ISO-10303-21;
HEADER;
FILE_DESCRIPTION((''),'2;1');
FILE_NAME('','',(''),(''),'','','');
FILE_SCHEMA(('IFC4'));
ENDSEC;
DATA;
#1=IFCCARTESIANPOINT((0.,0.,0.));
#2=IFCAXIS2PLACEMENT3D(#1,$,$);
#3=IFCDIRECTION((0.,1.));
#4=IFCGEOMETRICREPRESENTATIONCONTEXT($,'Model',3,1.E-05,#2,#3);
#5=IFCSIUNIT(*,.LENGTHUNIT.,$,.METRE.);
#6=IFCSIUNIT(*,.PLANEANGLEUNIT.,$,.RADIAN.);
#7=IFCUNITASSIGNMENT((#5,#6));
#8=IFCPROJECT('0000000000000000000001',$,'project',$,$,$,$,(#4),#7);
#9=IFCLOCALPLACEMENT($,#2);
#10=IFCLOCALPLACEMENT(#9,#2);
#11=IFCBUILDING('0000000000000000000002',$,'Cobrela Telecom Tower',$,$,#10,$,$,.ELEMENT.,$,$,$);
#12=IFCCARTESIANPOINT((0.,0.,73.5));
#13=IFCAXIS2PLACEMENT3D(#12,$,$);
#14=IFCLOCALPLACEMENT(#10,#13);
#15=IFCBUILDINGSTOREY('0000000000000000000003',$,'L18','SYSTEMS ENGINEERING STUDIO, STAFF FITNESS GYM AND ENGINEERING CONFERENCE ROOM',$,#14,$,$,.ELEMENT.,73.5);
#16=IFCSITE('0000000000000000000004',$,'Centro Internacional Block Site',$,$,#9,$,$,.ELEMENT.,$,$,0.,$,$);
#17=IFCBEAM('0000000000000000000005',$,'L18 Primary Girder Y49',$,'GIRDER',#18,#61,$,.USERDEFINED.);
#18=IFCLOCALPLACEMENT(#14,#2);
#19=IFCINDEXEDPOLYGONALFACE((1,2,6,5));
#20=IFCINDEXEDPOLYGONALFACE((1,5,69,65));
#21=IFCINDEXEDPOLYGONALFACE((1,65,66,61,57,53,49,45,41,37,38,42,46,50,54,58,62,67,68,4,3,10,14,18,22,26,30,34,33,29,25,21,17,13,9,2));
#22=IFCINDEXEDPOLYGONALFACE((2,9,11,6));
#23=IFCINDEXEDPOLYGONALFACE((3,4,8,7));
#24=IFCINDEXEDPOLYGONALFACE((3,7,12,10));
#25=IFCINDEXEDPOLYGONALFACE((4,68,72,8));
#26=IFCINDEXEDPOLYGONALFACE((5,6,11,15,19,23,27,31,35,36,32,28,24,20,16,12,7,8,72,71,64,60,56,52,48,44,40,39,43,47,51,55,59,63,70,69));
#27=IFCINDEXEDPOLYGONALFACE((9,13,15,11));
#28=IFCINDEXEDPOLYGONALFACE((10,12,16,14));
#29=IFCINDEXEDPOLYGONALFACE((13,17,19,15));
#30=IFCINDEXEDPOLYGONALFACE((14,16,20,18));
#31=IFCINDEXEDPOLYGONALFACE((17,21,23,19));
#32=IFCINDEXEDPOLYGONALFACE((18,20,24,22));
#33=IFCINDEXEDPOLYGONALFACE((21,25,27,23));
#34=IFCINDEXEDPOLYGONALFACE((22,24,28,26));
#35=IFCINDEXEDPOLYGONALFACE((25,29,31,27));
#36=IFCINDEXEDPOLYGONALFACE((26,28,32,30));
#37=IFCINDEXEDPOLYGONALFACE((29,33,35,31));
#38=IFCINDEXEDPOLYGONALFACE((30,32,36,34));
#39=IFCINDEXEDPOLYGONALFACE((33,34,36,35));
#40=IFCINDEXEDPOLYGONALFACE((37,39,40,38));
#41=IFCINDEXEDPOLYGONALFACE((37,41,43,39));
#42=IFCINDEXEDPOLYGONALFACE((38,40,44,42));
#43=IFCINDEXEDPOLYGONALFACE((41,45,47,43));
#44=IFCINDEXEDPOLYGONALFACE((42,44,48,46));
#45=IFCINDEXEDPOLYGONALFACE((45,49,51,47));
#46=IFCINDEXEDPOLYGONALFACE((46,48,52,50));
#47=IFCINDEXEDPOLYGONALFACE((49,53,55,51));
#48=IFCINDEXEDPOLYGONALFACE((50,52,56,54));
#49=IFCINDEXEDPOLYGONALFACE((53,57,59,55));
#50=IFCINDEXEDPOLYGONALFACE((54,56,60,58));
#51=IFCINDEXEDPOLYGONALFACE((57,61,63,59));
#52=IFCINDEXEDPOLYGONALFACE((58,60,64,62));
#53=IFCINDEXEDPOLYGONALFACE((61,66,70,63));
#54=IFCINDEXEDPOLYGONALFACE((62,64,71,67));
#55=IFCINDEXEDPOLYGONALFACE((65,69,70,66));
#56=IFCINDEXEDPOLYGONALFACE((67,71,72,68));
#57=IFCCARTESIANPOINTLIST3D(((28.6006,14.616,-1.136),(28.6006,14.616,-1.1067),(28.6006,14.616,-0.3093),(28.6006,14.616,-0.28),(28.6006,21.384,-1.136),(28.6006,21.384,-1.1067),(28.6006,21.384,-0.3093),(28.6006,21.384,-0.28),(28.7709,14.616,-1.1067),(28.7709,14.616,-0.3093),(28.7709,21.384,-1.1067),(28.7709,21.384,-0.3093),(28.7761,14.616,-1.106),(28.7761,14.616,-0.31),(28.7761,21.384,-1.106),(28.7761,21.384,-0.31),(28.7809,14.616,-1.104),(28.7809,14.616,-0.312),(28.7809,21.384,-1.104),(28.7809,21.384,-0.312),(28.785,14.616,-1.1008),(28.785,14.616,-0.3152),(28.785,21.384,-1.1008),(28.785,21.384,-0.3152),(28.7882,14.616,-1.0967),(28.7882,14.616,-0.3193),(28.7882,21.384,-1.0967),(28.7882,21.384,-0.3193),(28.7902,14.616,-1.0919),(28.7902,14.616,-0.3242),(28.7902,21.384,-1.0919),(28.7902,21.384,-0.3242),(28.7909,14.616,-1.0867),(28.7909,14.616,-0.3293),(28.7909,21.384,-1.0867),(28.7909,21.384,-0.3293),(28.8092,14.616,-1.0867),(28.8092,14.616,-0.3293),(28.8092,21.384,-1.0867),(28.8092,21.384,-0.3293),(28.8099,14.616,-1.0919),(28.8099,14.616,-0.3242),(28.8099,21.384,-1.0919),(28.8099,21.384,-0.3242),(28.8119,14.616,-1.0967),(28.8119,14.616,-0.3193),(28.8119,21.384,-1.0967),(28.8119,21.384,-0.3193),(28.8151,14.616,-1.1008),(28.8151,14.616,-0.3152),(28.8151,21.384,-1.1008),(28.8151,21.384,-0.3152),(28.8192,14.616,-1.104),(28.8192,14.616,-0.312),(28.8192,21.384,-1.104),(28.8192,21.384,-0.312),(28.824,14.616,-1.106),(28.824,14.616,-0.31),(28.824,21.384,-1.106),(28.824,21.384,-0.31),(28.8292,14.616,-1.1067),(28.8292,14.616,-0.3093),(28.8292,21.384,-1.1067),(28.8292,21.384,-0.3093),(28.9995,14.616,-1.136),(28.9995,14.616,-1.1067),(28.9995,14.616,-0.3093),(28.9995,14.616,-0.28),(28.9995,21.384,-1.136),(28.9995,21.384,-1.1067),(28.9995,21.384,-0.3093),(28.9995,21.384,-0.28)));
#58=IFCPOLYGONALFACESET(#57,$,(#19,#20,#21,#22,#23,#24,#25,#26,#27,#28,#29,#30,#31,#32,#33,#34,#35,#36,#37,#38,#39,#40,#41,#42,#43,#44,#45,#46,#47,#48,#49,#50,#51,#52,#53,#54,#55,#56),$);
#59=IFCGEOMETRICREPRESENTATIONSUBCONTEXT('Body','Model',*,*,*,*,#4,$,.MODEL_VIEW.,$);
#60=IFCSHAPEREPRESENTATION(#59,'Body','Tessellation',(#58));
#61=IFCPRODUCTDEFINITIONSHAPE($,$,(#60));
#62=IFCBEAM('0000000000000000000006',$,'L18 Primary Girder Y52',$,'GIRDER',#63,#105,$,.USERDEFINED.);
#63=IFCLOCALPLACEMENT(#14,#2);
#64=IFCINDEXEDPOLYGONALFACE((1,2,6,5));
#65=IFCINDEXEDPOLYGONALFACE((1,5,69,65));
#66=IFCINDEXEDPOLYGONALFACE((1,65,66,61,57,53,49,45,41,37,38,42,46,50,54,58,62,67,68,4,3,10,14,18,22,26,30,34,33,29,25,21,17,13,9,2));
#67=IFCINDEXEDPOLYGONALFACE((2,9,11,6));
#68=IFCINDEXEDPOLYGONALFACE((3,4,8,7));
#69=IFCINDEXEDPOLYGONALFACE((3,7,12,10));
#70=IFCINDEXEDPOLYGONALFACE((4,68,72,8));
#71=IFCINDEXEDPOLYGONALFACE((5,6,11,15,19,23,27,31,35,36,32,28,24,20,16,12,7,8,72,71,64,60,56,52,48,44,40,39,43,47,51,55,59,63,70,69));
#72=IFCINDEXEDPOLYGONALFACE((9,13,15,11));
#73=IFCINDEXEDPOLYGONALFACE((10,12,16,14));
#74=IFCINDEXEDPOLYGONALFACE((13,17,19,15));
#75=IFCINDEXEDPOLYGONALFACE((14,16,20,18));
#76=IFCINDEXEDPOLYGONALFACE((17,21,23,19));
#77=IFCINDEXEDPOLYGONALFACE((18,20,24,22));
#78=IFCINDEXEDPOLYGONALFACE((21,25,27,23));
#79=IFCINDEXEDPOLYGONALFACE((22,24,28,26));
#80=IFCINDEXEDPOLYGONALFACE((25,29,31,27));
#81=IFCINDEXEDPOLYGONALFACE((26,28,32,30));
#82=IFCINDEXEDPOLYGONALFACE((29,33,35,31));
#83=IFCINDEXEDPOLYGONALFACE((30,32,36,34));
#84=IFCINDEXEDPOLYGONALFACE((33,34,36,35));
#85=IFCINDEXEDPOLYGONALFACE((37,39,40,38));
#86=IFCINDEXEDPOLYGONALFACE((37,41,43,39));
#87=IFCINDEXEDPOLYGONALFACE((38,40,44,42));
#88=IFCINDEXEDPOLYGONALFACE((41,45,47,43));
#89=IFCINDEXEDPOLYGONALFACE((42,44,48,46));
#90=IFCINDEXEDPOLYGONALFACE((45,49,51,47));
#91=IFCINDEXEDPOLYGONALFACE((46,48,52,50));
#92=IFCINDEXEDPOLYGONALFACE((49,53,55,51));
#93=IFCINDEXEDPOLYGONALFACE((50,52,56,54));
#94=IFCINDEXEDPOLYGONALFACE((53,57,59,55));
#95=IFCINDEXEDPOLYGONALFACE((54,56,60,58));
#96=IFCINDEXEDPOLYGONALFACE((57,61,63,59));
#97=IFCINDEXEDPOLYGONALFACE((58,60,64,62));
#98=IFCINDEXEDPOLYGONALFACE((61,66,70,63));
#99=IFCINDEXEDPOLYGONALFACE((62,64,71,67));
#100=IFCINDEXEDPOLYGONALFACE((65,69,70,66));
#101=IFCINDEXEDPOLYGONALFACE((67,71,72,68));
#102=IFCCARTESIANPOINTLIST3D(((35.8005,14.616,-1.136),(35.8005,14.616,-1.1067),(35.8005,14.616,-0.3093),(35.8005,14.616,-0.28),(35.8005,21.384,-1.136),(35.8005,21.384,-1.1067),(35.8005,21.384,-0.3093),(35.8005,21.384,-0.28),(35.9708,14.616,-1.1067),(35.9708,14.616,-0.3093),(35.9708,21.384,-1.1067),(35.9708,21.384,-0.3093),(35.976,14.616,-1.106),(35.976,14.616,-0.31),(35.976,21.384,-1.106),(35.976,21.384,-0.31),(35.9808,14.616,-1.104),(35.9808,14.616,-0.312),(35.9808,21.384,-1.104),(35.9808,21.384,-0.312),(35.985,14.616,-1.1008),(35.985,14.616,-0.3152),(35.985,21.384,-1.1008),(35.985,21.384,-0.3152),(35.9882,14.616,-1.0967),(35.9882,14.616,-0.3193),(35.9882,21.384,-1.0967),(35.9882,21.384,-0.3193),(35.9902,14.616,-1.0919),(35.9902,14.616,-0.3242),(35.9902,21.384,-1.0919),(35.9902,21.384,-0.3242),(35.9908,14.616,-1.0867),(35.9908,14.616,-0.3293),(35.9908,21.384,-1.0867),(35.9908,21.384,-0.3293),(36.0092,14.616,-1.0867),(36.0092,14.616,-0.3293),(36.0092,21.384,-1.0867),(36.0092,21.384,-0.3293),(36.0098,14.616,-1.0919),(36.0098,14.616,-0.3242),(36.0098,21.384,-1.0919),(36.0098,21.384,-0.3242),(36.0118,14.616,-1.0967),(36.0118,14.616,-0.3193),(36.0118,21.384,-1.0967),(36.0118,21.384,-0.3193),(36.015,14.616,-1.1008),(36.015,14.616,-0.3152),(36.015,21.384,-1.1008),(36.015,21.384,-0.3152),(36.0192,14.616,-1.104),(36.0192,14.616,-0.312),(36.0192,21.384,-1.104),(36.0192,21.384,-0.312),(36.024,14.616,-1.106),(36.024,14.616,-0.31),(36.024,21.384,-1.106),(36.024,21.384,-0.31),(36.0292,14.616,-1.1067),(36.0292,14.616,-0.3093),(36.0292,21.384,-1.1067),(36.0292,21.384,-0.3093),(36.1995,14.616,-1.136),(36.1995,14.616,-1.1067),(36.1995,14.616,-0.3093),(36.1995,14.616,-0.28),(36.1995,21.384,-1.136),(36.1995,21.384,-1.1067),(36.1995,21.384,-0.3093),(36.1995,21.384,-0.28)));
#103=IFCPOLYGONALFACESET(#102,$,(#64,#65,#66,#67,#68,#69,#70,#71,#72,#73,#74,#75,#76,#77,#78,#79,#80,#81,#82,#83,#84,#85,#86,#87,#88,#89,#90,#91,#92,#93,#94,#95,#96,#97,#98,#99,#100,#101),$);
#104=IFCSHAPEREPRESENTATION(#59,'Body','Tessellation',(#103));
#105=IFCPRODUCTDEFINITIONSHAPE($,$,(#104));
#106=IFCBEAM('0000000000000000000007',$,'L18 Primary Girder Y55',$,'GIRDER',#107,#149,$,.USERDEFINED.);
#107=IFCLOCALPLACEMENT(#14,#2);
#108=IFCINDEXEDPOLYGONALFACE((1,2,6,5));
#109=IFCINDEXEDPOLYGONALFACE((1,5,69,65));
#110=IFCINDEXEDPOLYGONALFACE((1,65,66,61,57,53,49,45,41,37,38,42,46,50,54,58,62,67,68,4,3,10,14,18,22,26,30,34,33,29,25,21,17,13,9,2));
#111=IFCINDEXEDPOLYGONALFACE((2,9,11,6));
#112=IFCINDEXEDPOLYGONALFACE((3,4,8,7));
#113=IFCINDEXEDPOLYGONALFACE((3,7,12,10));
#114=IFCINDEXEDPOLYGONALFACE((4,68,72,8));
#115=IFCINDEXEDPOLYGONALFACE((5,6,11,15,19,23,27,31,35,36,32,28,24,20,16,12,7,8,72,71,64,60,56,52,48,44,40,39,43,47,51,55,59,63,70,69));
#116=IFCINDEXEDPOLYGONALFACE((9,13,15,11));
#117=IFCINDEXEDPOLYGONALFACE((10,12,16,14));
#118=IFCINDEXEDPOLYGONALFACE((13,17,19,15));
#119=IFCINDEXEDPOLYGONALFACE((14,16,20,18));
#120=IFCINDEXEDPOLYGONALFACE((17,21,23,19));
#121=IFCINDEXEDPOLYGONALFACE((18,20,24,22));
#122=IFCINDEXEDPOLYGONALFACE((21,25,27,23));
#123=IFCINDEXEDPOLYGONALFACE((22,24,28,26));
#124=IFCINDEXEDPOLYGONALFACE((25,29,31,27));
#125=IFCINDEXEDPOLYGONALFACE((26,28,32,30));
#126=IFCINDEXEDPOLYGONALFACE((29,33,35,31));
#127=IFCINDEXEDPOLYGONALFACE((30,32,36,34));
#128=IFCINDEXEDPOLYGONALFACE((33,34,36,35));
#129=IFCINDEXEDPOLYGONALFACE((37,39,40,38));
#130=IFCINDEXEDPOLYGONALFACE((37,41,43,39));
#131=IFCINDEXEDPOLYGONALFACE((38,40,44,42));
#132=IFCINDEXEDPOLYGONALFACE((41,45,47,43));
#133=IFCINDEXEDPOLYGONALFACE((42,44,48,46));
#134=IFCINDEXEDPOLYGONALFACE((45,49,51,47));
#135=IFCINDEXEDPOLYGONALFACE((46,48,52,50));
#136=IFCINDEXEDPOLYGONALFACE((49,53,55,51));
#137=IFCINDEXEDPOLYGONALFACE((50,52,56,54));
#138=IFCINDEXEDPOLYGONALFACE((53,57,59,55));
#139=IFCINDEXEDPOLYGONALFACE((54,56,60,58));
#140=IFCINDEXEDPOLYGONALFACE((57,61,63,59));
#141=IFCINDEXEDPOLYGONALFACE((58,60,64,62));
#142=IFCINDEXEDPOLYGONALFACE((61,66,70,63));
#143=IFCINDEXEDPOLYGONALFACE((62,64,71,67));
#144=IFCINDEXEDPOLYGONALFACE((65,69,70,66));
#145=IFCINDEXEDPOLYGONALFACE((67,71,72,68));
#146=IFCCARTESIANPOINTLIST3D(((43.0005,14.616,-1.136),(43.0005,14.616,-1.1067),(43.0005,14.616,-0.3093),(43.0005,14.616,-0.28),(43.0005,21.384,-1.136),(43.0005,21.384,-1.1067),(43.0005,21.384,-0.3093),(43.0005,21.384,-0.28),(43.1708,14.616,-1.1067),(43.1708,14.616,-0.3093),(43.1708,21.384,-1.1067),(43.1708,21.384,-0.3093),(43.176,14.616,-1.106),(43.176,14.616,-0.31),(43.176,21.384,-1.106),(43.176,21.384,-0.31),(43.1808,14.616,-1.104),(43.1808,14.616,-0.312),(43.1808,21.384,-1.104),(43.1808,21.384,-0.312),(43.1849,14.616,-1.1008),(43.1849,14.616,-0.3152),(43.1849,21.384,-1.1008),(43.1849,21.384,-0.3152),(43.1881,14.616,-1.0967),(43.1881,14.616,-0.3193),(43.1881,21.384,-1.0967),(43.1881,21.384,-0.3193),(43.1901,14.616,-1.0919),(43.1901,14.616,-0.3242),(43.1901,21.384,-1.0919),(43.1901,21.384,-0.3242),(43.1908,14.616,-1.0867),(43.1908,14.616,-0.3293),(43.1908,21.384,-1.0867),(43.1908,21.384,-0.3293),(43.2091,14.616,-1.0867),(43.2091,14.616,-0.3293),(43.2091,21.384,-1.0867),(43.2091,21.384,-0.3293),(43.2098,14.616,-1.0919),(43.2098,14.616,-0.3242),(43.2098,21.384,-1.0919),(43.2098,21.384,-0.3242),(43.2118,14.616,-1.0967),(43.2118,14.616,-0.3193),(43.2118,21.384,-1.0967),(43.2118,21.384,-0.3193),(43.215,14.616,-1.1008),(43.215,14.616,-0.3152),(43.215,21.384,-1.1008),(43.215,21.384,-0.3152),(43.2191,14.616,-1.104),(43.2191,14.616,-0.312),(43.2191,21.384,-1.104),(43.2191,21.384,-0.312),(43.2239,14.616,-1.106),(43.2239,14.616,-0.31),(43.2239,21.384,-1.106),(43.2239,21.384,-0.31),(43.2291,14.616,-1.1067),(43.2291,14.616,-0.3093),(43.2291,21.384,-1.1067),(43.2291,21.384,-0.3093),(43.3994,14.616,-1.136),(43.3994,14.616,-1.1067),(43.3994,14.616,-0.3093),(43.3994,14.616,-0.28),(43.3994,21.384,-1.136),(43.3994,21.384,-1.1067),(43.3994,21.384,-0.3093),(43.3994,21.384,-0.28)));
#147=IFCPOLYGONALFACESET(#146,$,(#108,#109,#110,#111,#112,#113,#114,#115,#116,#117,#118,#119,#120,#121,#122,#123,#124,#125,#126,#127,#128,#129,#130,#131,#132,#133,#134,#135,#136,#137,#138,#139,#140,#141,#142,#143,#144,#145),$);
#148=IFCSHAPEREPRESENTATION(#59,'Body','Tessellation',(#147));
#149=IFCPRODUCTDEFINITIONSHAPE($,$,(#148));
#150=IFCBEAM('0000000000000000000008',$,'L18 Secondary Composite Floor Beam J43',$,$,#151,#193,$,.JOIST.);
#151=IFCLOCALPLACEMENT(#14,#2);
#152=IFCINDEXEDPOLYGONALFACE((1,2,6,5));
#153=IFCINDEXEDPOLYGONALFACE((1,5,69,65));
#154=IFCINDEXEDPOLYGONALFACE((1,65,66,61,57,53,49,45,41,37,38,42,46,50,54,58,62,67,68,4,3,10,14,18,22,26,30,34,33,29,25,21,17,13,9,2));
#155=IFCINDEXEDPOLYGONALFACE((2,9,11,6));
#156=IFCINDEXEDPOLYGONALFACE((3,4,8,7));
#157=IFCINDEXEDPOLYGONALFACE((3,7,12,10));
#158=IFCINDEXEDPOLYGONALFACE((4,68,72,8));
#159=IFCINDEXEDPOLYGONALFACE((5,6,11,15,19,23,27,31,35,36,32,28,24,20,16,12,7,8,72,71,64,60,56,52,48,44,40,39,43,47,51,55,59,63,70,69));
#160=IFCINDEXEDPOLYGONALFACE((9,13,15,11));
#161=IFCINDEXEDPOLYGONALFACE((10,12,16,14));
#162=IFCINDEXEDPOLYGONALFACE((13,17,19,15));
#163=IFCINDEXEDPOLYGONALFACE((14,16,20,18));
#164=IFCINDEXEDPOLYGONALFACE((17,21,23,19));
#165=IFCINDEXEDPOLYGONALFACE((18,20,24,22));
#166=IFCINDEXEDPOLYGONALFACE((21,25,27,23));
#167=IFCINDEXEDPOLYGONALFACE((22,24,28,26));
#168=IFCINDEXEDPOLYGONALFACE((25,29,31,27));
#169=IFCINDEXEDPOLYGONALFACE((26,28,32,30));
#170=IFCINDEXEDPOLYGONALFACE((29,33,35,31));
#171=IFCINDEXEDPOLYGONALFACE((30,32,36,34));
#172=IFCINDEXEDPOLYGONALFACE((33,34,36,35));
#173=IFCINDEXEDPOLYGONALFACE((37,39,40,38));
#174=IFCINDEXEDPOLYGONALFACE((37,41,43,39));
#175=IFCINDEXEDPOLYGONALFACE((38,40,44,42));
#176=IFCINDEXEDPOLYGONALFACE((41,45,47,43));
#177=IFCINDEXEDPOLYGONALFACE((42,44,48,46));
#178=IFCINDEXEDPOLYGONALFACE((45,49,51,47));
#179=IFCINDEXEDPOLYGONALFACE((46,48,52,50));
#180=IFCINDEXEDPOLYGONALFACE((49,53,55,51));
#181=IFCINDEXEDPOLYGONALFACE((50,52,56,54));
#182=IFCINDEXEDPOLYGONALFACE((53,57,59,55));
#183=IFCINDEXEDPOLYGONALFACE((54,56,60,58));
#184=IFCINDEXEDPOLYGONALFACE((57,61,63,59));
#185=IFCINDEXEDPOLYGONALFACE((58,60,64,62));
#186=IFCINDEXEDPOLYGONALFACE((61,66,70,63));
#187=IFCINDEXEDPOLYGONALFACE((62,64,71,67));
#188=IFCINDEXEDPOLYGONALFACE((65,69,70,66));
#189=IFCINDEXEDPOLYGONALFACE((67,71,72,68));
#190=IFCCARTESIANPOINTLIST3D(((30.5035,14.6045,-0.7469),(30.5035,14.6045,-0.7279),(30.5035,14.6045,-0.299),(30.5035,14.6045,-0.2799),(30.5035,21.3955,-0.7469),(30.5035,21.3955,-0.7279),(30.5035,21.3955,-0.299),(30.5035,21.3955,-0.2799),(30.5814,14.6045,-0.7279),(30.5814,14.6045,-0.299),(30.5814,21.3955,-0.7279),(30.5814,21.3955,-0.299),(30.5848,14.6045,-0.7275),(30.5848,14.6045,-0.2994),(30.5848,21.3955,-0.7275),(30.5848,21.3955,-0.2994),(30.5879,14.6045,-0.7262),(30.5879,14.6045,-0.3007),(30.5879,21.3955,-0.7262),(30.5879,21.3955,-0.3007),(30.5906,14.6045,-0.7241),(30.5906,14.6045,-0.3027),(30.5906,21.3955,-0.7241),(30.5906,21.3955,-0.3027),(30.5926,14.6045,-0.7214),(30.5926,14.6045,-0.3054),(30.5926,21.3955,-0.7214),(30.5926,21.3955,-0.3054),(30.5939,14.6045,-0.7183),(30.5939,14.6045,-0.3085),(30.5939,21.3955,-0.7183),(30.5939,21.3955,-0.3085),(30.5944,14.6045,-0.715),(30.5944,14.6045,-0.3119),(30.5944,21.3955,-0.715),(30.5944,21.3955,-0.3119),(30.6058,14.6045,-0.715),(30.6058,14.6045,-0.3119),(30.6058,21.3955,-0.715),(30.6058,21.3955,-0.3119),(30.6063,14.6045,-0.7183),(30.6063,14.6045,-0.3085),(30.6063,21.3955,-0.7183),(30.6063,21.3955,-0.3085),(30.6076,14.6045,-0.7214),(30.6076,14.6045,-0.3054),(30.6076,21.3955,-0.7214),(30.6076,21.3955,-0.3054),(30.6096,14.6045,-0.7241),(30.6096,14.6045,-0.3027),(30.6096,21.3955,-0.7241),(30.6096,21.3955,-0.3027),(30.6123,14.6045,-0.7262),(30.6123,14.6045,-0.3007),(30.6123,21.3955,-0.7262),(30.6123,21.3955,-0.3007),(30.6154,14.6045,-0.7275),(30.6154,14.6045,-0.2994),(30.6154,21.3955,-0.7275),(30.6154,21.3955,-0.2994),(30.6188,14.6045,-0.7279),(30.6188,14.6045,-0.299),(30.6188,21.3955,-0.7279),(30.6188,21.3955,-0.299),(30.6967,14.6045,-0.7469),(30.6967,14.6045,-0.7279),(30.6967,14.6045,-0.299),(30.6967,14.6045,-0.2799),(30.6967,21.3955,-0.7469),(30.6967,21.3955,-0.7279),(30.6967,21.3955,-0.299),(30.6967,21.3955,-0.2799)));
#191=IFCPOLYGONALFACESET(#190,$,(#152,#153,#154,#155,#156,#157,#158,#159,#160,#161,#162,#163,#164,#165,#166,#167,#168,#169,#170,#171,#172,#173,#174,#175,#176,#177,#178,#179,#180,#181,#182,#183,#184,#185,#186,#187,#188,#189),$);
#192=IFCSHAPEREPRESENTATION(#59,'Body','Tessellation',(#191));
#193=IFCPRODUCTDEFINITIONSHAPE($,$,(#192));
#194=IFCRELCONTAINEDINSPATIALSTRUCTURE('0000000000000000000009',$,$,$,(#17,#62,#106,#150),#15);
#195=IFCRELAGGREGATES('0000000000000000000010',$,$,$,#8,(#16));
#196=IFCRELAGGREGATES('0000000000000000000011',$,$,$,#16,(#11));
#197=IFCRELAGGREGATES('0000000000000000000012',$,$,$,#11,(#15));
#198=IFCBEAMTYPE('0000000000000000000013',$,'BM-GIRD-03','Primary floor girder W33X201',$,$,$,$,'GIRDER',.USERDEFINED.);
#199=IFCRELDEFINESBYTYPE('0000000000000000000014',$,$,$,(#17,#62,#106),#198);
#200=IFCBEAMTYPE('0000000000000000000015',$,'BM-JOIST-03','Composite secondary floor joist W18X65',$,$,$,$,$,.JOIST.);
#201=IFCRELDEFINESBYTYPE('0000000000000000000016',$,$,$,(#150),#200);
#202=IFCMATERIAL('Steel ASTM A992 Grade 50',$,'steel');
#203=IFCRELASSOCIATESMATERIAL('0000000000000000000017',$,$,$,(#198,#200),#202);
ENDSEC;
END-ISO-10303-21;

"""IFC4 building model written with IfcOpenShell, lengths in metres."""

from ifc_helpers import new_model, si_unit, direction, frame, origin, origin_2d, place, context, subcontext, project, spatial, i_section, extrude, material, material_profile, profile_set, type_object, element, save


model = new_model("IFC4")

# Units and contexts
model_context = context("Model", 3, precision=1e-05, world=origin(), true_north=direction((0.0, 1.0)))
body_context = subcontext(model_context, "Body", "Model", "MODEL_VIEW")
ifc_project = project(units=[si_unit("LENGTHUNIT", "METRE"), si_unit("PLANEANGLEUNIT", "RADIAN")], contexts=[model_context])

# Site, building, storey
site_placement = place(None, origin())
site = spatial("IfcSite", under=ifc_project, at=site_placement, Name="Centro Internacional Block Site", CompositionType="ELEMENT", RefElevation=0.0)
building_placement = place(site_placement, origin())
building = spatial("IfcBuilding", under=site, at=building_placement, Name="Cobrela Telecom Tower", CompositionType="ELEMENT")
storey_placement = place(building_placement, frame((0.0, 0.0, 73.5)))
storey = spatial("IfcBuildingStorey", under=building, at=storey_placement, Name="L18", Description="SYSTEMS ENGINEERING STUDIO, STAFF FITNESS GYM AND ENGINEERING CONFERENCE ROOM", CompositionType="ELEMENT", Elevation=73.5)

# Shared definitions
ifc_material_1 = material(Name="Steel ASTM A992 Grade 50", Category="steel")

# Beams
ifc_material_profile_1 = material_profile(ifc_material_1, i_section(OverallWidth=0.3989, OverallDepth=0.856, WebThickness=0.0183, FlangeThickness=0.0293, FilletRadius=0.02, at=origin_2d()), Name="W33X201")
ifc_profile_set_1 = profile_set([ifc_material_profile_1], Name="Steel ASTM A992 Grade 50")
beam_type_1 = type_object("IfcBeamType", Name="BM-GIRD-03", Description="Primary floor girder W33X201", ElementType="GIRDER", PredefinedType="USERDEFINED", material=ifc_profile_set_1)
for number, where, z_axis, x_axis, name in (
    (1, (28.8, 14.616, -0.708), (0.0, 1.0, 0.0), (-1.0, 0.0, 0.0), "L18 Primary Girder Y49"),
    (2, (36.0, 14.616, -0.708), (0.0, 1.0, 0.0), (-1.0, 0.0, 0.0), "L18 Primary Girder Y52"),
    (3, (43.2, 14.616, -0.708), (0.0, 1.0, 0.0), (-1.0, 0.0, 0.0), "L18 Primary Girder Y55"),
):
    element("IfcBeam", number, at=place(storey_placement, frame(where, z_axis=z_axis, x_axis=x_axis)), inside=storey, type_object=beam_type_1, Name=name, ObjectType="GIRDER", PredefinedType="USERDEFINED", context=body_context, shape_type="SweptSolid", body=[
        extrude(i_section(OverallWidth=0.3989, OverallDepth=0.856, WebThickness=0.0183, FlangeThickness=0.0293, FilletRadius=0.02, at=origin_2d()), origin(), (0.0, 0.0, 1.0), 6.7681),
    ])
ifc_material_profile_2 = material_profile(ifc_material_1, i_section(OverallWidth=0.1931, OverallDepth=0.467, WebThickness=0.0115, FlangeThickness=0.019, FilletRadius=0.0129, at=origin_2d()), Name="W18X65")
ifc_profile_set_2 = profile_set([ifc_material_profile_2], Name="Steel ASTM A992 Grade 50")
beam_type_2 = type_object("IfcBeamType", Name="BM-JOIST-03", Description="Composite secondary floor joist W18X65", PredefinedType="JOIST", material=ifc_profile_set_2)
for number, where, z_axis, x_axis, name in (
    (4, (30.6001, 14.6045, -0.5134), (0.0, 1.0, 0.0), (-1.0, 0.0, 0.0), "L18 Secondary Composite Floor Beam J43"),
):
    element("IfcBeam", number, at=place(storey_placement, frame(where, z_axis=z_axis, x_axis=x_axis)), inside=storey, type_object=beam_type_2, Name=name, PredefinedType="JOIST", context=body_context, shape_type="SweptSolid", body=[
        extrude(i_section(OverallWidth=0.1931, OverallDepth=0.467, WebThickness=0.0115, FlangeThickness=0.019, FilletRadius=0.0129, at=origin_2d()), origin(), (0.0, 0.0, 1.0), 6.791),
    ])

save(model, "model.ifc")
